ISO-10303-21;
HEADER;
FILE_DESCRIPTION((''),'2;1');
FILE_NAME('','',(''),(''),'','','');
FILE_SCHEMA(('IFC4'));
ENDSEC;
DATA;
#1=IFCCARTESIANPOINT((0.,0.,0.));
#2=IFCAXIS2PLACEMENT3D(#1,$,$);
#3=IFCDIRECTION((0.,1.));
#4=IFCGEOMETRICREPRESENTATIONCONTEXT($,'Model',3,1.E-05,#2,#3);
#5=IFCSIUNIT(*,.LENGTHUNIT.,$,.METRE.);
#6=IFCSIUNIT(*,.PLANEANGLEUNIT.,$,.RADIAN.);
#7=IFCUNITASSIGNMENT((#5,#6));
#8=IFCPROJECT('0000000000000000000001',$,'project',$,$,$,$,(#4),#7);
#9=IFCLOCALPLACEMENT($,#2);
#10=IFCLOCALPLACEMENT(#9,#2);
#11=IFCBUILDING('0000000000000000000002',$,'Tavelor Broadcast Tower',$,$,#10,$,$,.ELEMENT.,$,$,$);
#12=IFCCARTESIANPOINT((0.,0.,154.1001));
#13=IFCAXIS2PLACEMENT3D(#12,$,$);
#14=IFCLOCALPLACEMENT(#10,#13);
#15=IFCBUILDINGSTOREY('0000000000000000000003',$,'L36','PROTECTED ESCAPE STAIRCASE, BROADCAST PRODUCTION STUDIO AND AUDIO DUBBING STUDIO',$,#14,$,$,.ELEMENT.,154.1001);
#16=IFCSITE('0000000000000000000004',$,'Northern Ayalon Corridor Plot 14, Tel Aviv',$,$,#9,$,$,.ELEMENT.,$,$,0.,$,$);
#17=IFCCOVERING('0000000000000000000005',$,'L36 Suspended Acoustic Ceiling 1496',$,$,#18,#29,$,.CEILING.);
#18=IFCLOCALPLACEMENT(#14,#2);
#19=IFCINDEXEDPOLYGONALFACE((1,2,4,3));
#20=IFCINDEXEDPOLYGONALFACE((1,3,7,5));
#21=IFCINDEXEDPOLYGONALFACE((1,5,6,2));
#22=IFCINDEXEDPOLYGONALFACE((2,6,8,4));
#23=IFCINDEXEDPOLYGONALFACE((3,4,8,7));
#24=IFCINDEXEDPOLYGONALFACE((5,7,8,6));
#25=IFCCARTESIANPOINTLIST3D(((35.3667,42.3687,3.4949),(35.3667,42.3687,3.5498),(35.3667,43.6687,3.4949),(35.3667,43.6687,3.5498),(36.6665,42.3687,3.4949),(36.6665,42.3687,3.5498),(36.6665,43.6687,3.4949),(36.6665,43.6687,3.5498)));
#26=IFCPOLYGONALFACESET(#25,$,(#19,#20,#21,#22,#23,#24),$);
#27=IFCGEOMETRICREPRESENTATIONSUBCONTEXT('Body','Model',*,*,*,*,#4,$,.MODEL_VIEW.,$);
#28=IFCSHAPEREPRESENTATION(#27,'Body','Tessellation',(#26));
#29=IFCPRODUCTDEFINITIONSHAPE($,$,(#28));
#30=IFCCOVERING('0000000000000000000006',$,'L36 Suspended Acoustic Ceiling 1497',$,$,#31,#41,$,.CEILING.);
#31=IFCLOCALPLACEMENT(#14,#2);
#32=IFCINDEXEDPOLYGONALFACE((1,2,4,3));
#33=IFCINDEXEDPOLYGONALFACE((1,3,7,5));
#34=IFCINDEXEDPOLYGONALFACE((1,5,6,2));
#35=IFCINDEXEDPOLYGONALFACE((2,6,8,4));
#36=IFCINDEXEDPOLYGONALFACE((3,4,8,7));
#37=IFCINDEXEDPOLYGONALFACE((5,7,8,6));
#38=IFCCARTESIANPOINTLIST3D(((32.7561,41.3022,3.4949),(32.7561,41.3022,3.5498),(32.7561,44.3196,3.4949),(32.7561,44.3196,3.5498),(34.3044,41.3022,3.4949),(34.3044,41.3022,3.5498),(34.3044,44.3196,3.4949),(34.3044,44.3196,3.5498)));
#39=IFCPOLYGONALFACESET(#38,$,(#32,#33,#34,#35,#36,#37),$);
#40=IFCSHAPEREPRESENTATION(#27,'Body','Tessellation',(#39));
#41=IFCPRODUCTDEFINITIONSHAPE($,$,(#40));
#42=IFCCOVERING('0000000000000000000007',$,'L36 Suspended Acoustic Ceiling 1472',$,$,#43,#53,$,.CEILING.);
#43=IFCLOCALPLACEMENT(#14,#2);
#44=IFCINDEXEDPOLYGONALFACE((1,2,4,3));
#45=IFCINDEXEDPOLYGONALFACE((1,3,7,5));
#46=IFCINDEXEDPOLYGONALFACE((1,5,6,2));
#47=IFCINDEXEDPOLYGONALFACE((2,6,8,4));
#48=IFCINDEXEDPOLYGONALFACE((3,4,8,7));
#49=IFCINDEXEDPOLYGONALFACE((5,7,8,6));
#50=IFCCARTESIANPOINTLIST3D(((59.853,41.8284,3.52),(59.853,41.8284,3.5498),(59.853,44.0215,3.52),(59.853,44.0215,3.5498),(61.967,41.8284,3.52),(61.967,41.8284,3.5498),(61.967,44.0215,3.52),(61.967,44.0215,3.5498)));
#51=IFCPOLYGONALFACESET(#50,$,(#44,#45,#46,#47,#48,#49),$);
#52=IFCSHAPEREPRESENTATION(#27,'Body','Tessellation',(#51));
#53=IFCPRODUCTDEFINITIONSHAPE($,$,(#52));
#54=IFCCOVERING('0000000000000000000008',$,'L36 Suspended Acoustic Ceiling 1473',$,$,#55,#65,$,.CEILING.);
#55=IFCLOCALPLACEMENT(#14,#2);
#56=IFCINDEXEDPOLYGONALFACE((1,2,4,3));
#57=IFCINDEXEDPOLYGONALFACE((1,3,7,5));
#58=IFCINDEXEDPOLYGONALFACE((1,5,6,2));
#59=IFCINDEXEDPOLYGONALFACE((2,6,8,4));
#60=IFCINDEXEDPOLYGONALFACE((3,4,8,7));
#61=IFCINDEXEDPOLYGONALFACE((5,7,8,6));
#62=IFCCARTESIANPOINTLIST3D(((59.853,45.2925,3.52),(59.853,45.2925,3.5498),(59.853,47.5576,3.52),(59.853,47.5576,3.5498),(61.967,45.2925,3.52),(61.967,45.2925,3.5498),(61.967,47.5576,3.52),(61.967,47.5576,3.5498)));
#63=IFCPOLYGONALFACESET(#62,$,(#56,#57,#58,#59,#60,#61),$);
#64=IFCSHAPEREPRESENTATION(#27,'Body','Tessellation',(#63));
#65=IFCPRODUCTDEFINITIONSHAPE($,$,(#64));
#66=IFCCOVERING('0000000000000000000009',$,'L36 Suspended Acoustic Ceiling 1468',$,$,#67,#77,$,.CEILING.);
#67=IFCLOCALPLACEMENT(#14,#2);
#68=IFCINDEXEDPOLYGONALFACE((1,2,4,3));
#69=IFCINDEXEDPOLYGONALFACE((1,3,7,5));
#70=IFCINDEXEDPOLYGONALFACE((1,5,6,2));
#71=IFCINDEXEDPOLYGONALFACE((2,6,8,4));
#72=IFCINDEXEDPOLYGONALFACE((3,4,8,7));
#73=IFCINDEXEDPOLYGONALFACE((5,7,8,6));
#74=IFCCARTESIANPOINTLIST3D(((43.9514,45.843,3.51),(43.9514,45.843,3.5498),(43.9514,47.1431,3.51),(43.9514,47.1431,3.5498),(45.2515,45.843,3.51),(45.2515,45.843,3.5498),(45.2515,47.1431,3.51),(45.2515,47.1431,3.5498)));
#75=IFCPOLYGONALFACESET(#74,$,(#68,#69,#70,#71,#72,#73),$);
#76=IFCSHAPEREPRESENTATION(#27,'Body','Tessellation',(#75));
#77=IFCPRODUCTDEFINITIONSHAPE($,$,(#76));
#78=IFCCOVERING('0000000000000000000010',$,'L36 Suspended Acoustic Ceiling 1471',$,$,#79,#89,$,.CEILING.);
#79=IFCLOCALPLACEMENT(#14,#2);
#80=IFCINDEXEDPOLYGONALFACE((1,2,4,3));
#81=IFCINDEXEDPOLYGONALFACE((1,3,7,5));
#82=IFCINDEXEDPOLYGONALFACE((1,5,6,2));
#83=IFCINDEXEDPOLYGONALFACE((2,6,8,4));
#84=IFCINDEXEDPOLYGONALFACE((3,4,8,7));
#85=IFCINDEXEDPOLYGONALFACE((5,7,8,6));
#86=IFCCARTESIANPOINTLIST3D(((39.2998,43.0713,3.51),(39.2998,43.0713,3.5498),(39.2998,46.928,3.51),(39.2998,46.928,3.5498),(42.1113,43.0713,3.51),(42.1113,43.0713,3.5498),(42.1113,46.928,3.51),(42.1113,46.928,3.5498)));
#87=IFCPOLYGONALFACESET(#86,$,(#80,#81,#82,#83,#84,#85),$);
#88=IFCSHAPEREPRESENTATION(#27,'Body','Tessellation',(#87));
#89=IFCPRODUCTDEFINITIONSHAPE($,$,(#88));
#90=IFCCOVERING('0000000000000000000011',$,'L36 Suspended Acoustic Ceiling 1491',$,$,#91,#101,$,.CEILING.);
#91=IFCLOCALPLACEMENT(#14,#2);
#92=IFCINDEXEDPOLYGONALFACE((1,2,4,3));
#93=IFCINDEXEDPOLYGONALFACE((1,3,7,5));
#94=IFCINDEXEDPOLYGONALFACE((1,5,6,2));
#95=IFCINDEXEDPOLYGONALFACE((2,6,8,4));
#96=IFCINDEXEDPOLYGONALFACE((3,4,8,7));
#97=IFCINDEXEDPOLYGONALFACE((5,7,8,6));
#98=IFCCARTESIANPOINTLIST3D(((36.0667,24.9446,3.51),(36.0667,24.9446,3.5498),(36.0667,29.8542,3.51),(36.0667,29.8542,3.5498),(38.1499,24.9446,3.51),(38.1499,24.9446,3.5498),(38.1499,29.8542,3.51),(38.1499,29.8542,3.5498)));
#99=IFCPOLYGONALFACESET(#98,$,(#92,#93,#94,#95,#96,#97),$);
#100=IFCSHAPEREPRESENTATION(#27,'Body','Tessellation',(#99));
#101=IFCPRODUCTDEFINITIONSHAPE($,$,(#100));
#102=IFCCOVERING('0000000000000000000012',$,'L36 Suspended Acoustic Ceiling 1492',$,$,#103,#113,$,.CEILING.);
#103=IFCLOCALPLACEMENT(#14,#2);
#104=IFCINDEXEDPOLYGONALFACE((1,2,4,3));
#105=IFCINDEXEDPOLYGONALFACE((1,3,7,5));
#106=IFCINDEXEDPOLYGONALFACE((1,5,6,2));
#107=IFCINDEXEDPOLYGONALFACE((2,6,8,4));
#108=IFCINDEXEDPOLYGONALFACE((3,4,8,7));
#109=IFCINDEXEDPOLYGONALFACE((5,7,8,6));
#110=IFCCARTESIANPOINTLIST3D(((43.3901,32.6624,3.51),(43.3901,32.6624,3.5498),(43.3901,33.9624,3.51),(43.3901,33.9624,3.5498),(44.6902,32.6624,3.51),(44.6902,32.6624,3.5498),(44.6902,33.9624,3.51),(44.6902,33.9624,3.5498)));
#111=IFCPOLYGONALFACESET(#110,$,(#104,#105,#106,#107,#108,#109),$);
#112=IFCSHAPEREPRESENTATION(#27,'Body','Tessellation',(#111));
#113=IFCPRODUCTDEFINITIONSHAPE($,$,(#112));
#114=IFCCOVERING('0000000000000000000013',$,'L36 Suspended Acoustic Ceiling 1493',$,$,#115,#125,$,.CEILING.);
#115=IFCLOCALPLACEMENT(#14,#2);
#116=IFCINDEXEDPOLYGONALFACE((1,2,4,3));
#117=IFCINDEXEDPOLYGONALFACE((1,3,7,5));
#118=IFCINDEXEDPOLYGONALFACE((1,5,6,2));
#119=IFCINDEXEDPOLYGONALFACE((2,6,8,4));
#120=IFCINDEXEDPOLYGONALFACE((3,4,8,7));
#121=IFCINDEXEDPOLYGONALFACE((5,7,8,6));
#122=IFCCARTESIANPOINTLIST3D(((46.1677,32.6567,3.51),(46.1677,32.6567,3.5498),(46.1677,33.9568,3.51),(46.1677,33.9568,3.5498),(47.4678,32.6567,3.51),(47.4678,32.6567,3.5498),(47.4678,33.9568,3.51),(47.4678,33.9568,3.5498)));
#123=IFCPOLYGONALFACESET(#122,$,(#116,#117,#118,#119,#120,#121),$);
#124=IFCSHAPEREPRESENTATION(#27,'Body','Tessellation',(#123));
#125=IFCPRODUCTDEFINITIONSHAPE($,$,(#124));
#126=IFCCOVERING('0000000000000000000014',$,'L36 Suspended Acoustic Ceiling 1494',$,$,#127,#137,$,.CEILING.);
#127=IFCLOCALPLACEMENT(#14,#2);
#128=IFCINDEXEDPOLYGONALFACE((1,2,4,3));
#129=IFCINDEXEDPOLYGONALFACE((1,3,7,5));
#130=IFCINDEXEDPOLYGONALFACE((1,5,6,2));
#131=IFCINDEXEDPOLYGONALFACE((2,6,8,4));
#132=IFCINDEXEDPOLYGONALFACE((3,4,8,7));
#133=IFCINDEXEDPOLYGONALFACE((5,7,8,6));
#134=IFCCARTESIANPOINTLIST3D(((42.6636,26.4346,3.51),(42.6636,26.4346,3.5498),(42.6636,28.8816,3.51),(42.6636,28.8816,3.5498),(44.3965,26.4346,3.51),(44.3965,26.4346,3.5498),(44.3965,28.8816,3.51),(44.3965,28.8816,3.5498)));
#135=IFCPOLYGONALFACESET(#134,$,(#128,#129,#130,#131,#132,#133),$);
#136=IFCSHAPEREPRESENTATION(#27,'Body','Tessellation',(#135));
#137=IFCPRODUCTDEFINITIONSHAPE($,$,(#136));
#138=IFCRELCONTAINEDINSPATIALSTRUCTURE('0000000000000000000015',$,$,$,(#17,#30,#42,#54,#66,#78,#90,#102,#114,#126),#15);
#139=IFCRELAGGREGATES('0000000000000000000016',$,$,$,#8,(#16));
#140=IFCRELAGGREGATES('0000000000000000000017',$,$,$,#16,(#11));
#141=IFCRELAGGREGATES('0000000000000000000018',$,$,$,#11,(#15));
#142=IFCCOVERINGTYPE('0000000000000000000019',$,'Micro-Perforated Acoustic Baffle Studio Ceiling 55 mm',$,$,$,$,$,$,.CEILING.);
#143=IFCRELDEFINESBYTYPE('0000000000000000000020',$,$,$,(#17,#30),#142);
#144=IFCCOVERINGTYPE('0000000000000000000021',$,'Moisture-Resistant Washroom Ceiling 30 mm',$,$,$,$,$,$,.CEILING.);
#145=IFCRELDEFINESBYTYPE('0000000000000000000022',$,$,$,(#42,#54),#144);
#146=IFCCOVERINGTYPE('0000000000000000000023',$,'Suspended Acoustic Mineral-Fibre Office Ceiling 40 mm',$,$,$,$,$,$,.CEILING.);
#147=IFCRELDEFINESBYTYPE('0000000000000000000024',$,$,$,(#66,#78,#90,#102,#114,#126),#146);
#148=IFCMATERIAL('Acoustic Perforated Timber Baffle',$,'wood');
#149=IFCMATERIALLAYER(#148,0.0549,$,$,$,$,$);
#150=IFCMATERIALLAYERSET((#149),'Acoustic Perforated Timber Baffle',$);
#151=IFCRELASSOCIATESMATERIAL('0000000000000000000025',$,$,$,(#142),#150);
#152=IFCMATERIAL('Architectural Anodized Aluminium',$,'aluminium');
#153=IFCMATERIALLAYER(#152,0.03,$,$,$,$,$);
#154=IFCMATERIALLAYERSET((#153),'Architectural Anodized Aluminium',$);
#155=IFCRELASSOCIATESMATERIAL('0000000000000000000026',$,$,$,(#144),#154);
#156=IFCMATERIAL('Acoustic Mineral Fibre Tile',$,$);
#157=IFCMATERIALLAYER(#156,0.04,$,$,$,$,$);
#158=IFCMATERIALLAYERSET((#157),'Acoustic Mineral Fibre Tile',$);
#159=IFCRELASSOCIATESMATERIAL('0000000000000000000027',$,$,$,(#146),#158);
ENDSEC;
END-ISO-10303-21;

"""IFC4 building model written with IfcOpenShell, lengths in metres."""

from ifc_helpers import new_model, si_unit, direction, frame, origin, place, context, subcontext, project, spatial, polyline, outline, extrude, material, layer, layer_set, type_object, element, save


model = new_model("IFC4")

# Units and contexts
model_context = context("Model", 3, precision=1e-05, world=origin(), true_north=direction((0.0, 1.0)))
body_context = subcontext(model_context, "Body", "Model", "MODEL_VIEW")
ifc_project = project(units=[si_unit("LENGTHUNIT", "METRE"), si_unit("PLANEANGLEUNIT", "RADIAN")], contexts=[model_context])

# Site, building, storey
site_placement = place(None, origin())
site = spatial("IfcSite", under=ifc_project, at=site_placement, Name="Northern Ayalon Corridor Plot 14, Tel Aviv", CompositionType="ELEMENT", RefElevation=0.0)
building_placement = place(site_placement, origin())
building = spatial("IfcBuilding", under=site, at=building_placement, Name="Tavelor Broadcast Tower", CompositionType="ELEMENT")
storey_placement = place(building_placement, frame((0.0, 0.0, 154.1001)))
storey = spatial("IfcBuildingStorey", under=building, at=storey_placement, Name="L36", Description="PROTECTED ESCAPE STAIRCASE, BROADCAST PRODUCTION STUDIO AND AUDIO DUBBING STUDIO", CompositionType="ELEMENT", Elevation=154.1001)

# Coverings
ifc_material_1 = material(Name="Architectural Anodized Aluminium", Category="aluminium")
ifc_material_2 = material(Name="Acoustic Perforated Timber Baffle", Category="wood")
ifc_layer_1 = layer(ifc_material_2, 0.0549)
ifc_layer_set_1 = layer_set([ifc_layer_1], Name="Acoustic Perforated Timber Baffle")
covering_type_1 = type_object("IfcCoveringType", Name="Micro-Perforated Acoustic Baffle Studio Ceiling 55 mm", PredefinedType="CEILING", material=ifc_layer_set_1)
covering_1_placement = place(storey_placement, frame((0.0, 0.0, 3.4949)))
element("IfcCovering", 1, at=covering_1_placement, inside=storey, type_object=covering_type_1, Name="L36 Suspended Acoustic Ceiling 1496", PredefinedType="CEILING", context=body_context, shape_type="SweptSolid", body=[
    extrude(outline(polyline([(35.3667, 42.3687), (36.6665, 42.3687), (36.6665, 43.6687), (35.3667, 43.6687), (35.3667, 42.3687)])), origin(), (0.0, 0.0, 1.0), 0.0549),
])
covering_2_placement = place(storey_placement, frame((0.0, 0.0, 3.4949)))
element("IfcCovering", 2, at=covering_2_placement, inside=storey, type_object=covering_type_1, Name="L36 Suspended Acoustic Ceiling 1497", PredefinedType="CEILING", context=body_context, shape_type="SweptSolid", body=[
    extrude(outline(polyline([(32.7561, 41.3022), (34.3044, 41.3022), (34.3044, 44.3196), (32.7561, 44.3196), (32.7561, 41.3022)])), origin(), (0.0, 0.0, 1.0), 0.0549),
])
ifc_layer_2 = layer(ifc_material_1, 0.03)
ifc_layer_set_2 = layer_set([ifc_layer_2], Name="Architectural Anodized Aluminium")
covering_type_2 = type_object("IfcCoveringType", Name="Moisture-Resistant Washroom Ceiling 30 mm", PredefinedType="CEILING", material=ifc_layer_set_2)
covering_3_placement = place(storey_placement, frame((0.0, 0.0, 3.52)))
element("IfcCovering", 3, at=covering_3_placement, inside=storey, type_object=covering_type_2, Name="L36 Suspended Acoustic Ceiling 1472", PredefinedType="CEILING", context=body_context, shape_type="SweptSolid", body=[
    extrude(outline(polyline([(59.853, 41.8284), (61.967, 41.8284), (61.967, 44.0215), (59.853, 44.0215), (59.853, 41.8284)])), origin(), (0.0, 0.0, 1.0), 0.0298),
])
covering_4_placement = place(storey_placement, frame((0.0, 0.0, 3.52)))
element("IfcCovering", 4, at=covering_4_placement, inside=storey, type_object=covering_type_2, Name="L36 Suspended Acoustic Ceiling 1473", PredefinedType="CEILING", context=body_context, shape_type="SweptSolid", body=[
    extrude(outline(polyline([(59.853, 45.2925), (61.967, 45.2925), (61.967, 47.5576), (59.853, 47.5576), (59.853, 45.2925)])), origin(), (0.0, 0.0, 1.0), 0.0298),
])
ifc_material_3 = material(Name="Acoustic Mineral Fibre Tile")
ifc_layer_3 = layer(ifc_material_3, 0.04)
ifc_layer_set_3 = layer_set([ifc_layer_3], Name="Acoustic Mineral Fibre Tile")
covering_type_3 = type_object("IfcCoveringType", Name="Suspended Acoustic Mineral-Fibre Office Ceiling 40 mm", PredefinedType="CEILING", material=ifc_layer_set_3)
covering_5_placement = place(storey_placement, frame((0.0, 0.0, 3.51)))
element("IfcCovering", 5, at=covering_5_placement, inside=storey, type_object=covering_type_3, Name="L36 Suspended Acoustic Ceiling 1468", PredefinedType="CEILING", context=body_context, shape_type="SweptSolid", body=[
    extrude(outline(polyline([(43.9514, 45.843), (45.2515, 45.843), (45.2515, 47.1431), (43.9514, 47.1431), (43.9514, 45.843)])), origin(), (0.0, 0.0, 1.0), 0.0398),
])
covering_6_placement = place(storey_placement, frame((0.0, 0.0, 3.51)))
element("IfcCovering", 6, at=covering_6_placement, inside=storey, type_object=covering_type_3, Name="L36 Suspended Acoustic Ceiling 1471", PredefinedType="CEILING", context=body_context, shape_type="SweptSolid", body=[
    extrude(outline(polyline([(39.2998, 43.0713), (42.1113, 43.0713), (42.1113, 46.928), (39.2998, 46.928), (39.2998, 43.0713)])), origin(), (0.0, 0.0, 1.0), 0.0398),
])
covering_7_placement = place(storey_placement, frame((0.0, 0.0, 3.51)))
element("IfcCovering", 7, at=covering_7_placement, inside=storey, type_object=covering_type_3, Name="L36 Suspended Acoustic Ceiling 1491", PredefinedType="CEILING", context=body_context, shape_type="SweptSolid", body=[
    extrude(outline(polyline([(36.0667, 24.9446), (38.1499, 24.9446), (38.1499, 29.8542), (36.0667, 29.8542), (36.0667, 24.9446)])), origin(), (0.0, 0.0, 1.0), 0.0398),
])
covering_8_placement = place(storey_placement, frame((0.0, 0.0, 3.51)))
element("IfcCovering", 8, at=covering_8_placement, inside=storey, type_object=covering_type_3, Name="L36 Suspended Acoustic Ceiling 1492", PredefinedType="CEILING", context=body_context, shape_type="SweptSolid", body=[
    extrude(outline(polyline([(43.3901, 32.6624), (44.6902, 32.6624), (44.6902, 33.9624), (43.3901, 33.9624), (43.3901, 32.6624)])), origin(), (0.0, 0.0, 1.0), 0.0398),
])
covering_9_placement = place(storey_placement, frame((0.0, 0.0, 3.51)))
element("IfcCovering", 9, at=covering_9_placement, inside=storey, type_object=covering_type_3, Name="L36 Suspended Acoustic Ceiling 1493", PredefinedType="CEILING", context=body_context, shape_type="SweptSolid", body=[
    extrude(outline(polyline([(46.1677, 32.6567), (47.4678, 32.6567), (47.4678, 33.9568), (46.1677, 33.9568), (46.1677, 32.6567)])), origin(), (0.0, 0.0, 1.0), 0.0398),
])
covering_10_placement = place(storey_placement, frame((0.0, 0.0, 3.51)))
element("IfcCovering", 10, at=covering_10_placement, inside=storey, type_object=covering_type_3, Name="L36 Suspended Acoustic Ceiling 1494", PredefinedType="CEILING", context=body_context, shape_type="SweptSolid", body=[
    extrude(outline(polyline([(42.6636, 26.4346), (44.3965, 26.4346), (44.3965, 28.8816), (42.6636, 28.8816), (42.6636, 26.4346)])), origin(), (0.0, 0.0, 1.0), 0.0398),
])

save(model, "model.ifc")
